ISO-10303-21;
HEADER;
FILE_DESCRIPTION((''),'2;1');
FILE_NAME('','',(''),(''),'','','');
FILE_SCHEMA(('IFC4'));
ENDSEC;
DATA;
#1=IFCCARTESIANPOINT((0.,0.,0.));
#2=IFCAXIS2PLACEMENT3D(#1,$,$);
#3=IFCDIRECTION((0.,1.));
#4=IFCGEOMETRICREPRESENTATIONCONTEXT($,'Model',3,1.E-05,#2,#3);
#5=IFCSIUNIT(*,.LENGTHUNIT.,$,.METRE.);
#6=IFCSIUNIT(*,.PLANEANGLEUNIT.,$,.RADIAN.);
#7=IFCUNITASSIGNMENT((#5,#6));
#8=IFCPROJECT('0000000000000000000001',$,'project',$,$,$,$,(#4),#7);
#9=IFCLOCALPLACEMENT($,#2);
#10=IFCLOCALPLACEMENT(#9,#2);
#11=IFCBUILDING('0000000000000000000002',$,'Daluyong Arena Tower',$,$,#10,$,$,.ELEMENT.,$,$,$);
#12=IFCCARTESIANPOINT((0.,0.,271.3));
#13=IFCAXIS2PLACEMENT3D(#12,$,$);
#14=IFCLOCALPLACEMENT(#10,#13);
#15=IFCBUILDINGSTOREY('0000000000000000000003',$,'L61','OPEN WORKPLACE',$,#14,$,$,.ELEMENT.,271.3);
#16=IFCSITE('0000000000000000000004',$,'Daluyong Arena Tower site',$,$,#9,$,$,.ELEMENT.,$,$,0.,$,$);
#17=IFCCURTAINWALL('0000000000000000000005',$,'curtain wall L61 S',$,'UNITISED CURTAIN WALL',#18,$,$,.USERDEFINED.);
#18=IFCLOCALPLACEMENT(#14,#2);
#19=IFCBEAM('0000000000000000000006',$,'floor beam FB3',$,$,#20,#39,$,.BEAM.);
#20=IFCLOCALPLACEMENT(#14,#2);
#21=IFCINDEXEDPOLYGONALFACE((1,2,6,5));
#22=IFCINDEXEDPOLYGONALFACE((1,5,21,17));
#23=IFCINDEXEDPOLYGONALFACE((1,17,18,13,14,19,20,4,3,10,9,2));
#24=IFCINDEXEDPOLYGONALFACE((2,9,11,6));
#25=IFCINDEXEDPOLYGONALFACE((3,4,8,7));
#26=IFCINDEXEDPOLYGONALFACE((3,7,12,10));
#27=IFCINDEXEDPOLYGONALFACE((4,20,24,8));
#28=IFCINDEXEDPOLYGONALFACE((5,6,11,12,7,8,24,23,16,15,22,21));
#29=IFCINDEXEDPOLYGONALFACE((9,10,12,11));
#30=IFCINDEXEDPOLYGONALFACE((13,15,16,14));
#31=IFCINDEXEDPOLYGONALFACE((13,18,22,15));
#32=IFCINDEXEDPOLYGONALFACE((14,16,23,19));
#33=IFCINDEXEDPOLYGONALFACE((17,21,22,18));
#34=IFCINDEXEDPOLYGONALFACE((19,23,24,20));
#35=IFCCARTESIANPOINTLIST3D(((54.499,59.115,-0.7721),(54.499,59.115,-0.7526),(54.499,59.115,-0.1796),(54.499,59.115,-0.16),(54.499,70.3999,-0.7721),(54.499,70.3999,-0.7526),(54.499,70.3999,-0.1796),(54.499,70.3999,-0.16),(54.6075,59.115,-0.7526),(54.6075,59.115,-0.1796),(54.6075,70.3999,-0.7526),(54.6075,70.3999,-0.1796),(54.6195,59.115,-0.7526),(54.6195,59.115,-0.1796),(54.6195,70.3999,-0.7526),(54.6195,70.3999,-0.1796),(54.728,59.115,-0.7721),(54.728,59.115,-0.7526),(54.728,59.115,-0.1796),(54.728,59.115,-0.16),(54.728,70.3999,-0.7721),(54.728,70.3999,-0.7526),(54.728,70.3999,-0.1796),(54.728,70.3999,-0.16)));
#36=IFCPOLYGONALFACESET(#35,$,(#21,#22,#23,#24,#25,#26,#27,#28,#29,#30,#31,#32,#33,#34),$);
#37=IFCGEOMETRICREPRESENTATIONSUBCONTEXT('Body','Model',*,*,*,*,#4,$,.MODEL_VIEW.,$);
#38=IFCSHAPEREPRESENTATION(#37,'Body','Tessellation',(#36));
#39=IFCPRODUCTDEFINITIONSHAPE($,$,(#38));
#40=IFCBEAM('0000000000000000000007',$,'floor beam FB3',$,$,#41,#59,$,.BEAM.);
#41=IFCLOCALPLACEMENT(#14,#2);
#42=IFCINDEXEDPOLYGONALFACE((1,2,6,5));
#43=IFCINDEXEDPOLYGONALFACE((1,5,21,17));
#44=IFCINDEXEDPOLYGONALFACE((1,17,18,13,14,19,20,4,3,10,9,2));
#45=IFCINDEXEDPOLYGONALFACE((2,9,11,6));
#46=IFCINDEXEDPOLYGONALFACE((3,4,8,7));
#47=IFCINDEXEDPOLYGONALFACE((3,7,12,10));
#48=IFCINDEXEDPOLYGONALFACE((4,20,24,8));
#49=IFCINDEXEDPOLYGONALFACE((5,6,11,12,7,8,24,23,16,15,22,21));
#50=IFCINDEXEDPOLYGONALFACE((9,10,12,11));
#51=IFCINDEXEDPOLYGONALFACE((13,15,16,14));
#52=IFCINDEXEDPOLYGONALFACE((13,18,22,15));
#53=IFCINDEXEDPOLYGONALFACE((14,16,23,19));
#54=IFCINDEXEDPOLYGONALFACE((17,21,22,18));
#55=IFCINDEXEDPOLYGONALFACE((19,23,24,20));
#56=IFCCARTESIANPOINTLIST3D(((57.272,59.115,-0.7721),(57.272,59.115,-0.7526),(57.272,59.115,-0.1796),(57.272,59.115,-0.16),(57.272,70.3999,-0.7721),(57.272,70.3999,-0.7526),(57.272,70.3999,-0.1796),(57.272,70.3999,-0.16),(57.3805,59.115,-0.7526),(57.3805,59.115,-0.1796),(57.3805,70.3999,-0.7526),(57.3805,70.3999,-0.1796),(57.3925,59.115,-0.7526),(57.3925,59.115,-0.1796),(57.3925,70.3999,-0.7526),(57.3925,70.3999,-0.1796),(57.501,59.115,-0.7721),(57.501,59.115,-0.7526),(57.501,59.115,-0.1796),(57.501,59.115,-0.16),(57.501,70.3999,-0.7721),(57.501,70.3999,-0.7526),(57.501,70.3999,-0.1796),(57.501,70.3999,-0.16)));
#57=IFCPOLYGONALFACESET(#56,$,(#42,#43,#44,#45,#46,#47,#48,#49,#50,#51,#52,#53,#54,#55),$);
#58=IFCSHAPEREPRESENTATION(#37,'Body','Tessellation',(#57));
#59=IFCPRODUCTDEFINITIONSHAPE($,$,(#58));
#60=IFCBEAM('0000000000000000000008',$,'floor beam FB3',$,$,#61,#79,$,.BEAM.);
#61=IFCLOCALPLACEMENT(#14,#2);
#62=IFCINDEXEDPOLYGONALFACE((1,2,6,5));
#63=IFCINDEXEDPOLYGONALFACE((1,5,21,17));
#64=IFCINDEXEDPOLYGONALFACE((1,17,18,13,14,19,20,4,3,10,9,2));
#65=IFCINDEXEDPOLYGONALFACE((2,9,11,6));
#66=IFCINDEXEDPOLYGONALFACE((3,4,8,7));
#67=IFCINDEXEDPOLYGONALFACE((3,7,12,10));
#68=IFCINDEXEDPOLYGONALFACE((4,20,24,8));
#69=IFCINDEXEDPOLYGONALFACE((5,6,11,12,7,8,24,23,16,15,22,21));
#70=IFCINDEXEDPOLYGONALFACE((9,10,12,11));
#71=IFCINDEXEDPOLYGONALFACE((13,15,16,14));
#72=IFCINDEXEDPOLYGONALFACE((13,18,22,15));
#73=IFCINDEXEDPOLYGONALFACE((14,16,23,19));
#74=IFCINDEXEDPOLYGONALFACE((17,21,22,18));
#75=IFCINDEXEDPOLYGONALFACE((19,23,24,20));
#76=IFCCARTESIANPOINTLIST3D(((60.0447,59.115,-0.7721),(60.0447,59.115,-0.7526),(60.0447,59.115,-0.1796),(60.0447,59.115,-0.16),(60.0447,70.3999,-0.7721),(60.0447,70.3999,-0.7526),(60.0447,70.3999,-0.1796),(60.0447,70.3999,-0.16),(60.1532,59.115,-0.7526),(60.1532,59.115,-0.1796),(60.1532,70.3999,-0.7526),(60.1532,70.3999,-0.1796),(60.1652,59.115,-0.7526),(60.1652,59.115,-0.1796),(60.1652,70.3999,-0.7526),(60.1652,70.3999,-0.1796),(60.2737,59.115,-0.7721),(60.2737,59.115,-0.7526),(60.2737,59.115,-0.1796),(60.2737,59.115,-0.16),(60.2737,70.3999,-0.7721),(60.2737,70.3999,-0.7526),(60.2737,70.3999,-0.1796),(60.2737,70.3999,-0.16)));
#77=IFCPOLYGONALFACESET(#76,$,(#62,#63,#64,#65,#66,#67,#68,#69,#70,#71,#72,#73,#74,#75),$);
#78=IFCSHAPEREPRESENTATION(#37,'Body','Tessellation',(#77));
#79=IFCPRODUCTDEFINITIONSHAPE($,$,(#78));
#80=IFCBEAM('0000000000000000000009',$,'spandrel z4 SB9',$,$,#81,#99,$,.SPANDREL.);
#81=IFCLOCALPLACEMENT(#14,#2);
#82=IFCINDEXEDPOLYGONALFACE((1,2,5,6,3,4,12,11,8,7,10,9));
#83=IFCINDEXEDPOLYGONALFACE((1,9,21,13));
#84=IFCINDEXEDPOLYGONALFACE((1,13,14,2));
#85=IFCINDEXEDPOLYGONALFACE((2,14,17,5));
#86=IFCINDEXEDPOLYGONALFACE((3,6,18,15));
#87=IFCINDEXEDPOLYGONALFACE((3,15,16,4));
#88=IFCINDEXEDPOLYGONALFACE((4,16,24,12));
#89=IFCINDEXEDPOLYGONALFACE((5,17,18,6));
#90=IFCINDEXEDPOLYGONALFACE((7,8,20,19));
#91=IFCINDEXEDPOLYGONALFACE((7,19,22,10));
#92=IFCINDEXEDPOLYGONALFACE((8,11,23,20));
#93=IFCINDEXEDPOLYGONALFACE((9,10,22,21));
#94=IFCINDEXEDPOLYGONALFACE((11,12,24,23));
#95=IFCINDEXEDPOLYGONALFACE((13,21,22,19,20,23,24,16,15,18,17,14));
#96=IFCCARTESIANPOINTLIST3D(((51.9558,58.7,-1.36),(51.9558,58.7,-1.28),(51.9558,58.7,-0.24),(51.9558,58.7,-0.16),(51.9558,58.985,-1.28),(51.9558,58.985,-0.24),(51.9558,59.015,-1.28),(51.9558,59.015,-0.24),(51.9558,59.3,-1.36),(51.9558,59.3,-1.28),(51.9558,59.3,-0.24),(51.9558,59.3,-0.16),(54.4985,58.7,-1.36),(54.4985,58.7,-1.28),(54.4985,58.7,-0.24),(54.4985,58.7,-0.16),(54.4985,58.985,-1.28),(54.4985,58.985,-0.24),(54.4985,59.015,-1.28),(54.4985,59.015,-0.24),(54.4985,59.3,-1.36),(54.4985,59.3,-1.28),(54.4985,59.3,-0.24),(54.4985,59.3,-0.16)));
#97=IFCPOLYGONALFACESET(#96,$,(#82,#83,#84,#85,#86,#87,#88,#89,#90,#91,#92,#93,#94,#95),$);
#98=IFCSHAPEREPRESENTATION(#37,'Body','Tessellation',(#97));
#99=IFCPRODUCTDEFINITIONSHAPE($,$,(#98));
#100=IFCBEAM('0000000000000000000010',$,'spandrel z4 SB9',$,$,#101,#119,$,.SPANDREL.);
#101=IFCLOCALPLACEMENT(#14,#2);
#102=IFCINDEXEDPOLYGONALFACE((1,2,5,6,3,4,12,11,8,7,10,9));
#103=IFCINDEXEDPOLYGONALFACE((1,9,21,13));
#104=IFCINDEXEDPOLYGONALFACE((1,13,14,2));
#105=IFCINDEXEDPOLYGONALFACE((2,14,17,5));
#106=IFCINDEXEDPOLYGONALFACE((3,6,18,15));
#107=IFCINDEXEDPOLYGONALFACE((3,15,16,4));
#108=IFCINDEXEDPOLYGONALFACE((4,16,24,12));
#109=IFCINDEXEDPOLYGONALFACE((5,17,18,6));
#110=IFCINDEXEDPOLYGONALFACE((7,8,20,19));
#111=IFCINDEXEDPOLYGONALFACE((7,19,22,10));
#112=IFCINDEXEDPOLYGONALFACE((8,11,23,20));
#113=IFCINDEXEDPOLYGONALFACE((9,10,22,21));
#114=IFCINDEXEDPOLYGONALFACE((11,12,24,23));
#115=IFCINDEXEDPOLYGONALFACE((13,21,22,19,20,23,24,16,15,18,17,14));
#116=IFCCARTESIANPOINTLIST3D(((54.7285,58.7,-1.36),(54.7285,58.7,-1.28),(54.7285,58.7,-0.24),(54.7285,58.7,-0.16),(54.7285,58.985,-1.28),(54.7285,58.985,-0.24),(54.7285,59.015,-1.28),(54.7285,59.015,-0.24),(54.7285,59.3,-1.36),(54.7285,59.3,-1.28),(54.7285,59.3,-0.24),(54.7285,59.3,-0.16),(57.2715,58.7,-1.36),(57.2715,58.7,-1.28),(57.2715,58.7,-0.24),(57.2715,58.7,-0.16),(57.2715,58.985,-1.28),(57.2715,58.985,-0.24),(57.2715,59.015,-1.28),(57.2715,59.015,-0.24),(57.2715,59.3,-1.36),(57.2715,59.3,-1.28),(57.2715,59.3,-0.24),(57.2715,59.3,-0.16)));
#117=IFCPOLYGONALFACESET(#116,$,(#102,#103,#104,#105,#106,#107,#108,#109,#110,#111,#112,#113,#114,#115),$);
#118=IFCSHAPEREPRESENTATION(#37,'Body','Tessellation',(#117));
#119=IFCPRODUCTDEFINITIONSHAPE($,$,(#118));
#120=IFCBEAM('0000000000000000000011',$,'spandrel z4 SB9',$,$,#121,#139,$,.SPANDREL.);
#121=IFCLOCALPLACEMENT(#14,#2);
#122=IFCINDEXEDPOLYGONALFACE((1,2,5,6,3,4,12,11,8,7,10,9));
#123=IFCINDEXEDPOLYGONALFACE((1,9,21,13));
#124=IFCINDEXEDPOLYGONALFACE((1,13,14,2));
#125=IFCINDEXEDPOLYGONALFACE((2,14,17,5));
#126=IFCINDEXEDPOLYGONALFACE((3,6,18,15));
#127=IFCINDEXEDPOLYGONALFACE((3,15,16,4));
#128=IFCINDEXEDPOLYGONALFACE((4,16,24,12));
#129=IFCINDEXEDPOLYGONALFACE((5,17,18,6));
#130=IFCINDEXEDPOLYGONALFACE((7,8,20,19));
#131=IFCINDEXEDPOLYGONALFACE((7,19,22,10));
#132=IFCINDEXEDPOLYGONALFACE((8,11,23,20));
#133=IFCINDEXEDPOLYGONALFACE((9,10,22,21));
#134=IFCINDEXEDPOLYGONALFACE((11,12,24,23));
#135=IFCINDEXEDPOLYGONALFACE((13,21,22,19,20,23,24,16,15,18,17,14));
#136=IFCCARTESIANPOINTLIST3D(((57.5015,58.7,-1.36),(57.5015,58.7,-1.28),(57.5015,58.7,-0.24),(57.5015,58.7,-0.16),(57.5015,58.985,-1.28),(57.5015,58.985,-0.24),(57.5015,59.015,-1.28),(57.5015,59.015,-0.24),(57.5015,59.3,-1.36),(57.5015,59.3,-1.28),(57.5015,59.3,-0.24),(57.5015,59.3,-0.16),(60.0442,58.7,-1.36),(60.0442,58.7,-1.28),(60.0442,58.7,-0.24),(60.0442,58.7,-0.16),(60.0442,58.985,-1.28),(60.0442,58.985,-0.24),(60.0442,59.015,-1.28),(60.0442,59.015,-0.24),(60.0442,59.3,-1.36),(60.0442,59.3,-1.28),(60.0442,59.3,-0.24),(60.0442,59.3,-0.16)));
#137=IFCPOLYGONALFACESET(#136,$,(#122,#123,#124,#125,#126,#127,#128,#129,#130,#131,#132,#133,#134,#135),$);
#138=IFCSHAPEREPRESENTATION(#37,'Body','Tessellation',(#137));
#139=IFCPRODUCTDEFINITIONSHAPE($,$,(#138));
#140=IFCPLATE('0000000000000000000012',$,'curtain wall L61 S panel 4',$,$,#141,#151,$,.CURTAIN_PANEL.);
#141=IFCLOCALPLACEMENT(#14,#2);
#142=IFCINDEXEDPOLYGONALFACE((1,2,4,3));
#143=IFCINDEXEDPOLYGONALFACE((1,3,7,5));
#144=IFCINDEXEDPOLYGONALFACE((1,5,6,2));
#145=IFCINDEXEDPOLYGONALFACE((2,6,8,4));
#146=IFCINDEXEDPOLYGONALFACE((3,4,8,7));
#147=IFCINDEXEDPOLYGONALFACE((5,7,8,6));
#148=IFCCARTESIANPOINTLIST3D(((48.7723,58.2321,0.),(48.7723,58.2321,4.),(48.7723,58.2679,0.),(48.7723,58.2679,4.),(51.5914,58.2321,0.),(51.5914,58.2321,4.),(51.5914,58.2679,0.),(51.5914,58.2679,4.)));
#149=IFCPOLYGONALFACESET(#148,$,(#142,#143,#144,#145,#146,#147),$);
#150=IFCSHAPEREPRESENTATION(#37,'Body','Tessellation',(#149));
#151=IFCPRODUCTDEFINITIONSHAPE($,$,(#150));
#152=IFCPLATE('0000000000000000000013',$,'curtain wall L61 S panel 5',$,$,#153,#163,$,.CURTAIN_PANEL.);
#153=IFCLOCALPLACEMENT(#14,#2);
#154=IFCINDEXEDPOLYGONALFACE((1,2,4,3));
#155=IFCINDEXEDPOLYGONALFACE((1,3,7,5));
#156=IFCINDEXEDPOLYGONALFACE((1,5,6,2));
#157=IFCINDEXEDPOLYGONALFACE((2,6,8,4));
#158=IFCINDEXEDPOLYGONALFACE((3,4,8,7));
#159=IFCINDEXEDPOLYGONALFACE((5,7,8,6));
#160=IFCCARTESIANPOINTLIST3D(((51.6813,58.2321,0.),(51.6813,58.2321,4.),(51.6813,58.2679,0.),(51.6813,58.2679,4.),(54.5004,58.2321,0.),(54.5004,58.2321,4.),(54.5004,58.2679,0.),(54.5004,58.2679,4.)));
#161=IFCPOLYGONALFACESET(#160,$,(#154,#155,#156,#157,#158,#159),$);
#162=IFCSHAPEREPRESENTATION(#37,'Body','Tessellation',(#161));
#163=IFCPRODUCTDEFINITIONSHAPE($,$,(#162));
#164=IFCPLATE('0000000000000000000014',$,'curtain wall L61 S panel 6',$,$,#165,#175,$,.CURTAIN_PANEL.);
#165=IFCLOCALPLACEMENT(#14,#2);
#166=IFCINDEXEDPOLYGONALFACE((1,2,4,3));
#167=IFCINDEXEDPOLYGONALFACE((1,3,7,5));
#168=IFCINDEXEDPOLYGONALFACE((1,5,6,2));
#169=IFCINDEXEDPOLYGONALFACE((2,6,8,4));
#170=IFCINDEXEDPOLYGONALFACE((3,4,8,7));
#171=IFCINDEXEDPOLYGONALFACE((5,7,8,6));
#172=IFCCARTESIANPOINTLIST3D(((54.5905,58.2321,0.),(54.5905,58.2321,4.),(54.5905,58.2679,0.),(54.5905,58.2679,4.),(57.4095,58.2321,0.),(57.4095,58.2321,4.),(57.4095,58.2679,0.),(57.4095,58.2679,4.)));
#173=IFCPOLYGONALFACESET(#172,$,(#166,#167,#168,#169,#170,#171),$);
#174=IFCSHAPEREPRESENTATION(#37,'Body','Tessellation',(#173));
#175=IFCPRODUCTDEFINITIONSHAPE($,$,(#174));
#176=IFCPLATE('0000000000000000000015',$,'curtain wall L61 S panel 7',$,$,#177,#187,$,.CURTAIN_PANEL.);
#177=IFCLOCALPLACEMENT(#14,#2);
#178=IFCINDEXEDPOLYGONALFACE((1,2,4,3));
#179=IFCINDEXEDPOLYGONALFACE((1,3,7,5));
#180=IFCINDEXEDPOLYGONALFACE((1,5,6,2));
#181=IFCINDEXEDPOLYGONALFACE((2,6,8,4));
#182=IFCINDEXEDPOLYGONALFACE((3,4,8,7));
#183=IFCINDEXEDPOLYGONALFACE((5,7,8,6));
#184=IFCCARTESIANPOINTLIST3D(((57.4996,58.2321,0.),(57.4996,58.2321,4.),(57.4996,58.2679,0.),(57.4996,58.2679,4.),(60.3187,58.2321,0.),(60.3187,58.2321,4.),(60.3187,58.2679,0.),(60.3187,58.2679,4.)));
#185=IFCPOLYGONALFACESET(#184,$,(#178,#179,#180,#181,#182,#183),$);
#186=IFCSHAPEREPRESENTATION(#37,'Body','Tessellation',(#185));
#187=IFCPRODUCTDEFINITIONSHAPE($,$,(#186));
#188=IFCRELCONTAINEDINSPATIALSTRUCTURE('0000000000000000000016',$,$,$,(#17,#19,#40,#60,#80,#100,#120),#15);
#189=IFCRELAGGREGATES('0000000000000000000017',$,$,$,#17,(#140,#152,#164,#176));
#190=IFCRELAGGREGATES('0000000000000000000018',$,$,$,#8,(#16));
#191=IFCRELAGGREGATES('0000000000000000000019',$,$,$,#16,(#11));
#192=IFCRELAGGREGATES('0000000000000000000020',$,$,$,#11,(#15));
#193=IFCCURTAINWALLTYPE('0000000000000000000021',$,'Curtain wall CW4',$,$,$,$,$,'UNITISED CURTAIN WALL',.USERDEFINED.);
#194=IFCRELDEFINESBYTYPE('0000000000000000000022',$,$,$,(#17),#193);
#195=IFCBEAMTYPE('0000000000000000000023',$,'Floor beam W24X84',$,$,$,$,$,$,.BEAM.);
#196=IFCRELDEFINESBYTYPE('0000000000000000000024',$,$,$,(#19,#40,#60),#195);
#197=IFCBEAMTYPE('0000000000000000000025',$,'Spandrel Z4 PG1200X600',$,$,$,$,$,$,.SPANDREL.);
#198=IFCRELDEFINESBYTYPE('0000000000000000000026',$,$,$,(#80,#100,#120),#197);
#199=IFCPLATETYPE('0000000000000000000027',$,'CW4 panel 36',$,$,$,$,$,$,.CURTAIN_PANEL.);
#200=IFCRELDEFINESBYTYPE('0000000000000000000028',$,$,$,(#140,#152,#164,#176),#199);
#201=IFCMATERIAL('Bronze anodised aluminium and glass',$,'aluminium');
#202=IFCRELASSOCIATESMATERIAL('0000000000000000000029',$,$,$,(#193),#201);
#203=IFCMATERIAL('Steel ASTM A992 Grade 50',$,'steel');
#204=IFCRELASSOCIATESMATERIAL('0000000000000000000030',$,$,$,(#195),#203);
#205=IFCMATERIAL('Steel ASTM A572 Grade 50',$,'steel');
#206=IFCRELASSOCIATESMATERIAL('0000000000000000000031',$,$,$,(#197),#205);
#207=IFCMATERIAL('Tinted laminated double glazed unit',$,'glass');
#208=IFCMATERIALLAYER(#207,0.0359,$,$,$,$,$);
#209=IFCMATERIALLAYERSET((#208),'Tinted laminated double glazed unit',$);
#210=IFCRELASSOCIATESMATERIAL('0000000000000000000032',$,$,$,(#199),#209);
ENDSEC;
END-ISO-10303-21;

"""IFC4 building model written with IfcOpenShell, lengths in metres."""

from ifc_helpers import new_model, si_unit, direction, frame, origin, origin_2d, place, context, subcontext, project, spatial, rectangle, i_section, extrude, material, layer, layer_set, material_profile, profile_set, type_object, element, aggregate, save


model = new_model("IFC4")

# Units and contexts
model_context = context("Model", 3, precision=1e-05, world=origin(), true_north=direction((0.0, 1.0)))
body_context = subcontext(model_context, "Body", "Model", "MODEL_VIEW")
ifc_project = project(units=[si_unit("LENGTHUNIT", "METRE"), si_unit("PLANEANGLEUNIT", "RADIAN")], contexts=[model_context])

# Site, building, storey
site_placement = place(None, origin())
site = spatial("IfcSite", under=ifc_project, at=site_placement, Name="Daluyong Arena Tower site", CompositionType="ELEMENT", RefElevation=0.0)
building_placement = place(site_placement, origin())
building = spatial("IfcBuilding", under=site, at=building_placement, Name="Daluyong Arena Tower", CompositionType="ELEMENT")
storey_placement = place(building_placement, frame((0.0, 0.0, 271.3)))
storey = spatial("IfcBuildingStorey", under=building, at=storey_placement, Name="L61", Description="OPEN WORKPLACE", CompositionType="ELEMENT", Elevation=271.3)

# Curtain wall
ifc_material_1 = material(Name="Bronze anodised aluminium and glass", Category="aluminium")
curtain_wall_type = type_object("IfcCurtainWallType", Name="Curtain wall CW4", ElementType="UNITISED CURTAIN WALL", PredefinedType="USERDEFINED", material=ifc_material_1)
curtain_wall_placement = place(storey_placement, origin())
curtain_wall = element("IfcCurtainWall", 1, at=curtain_wall_placement, inside=storey, type_object=curtain_wall_type, Name="curtain wall L61 S", ObjectType="UNITISED CURTAIN WALL", PredefinedType="USERDEFINED")

# Beams
ifc_material_2 = material(Name="Steel ASTM A992 Grade 50", Category="steel")
ifc_material_profile_1 = material_profile(ifc_material_2, i_section(OverallWidth=0.229, OverallDepth=0.6121, WebThickness=0.012, FlangeThickness=0.0195, at=origin_2d()))
ifc_profile_set_1 = profile_set([ifc_material_profile_1], Name="Steel ASTM A992 Grade 50")
beam_type_1 = type_object("IfcBeamType", Name="Floor beam W24X84", PredefinedType="BEAM", material=ifc_profile_set_1)
for number, where, z_axis, x_axis, name in (
    (2, (54.6135, 59.115, -0.4661), (0.0, 1.0, 0.0), (-1.0, 0.0, 0.0), "floor beam FB3"),
    (3, (57.3865, 59.115, -0.4661), (0.0, 1.0, 0.0), (-1.0, 0.0, 0.0), "floor beam FB3"),
    (4, (60.1592, 59.115, -0.4661), (0.0, 1.0, 0.0), (-1.0, 0.0, 0.0), "floor beam FB3"),
):
    element("IfcBeam", number, at=place(storey_placement, frame(where, z_axis=z_axis, x_axis=x_axis)), inside=storey, type_object=beam_type_1, Name=name, PredefinedType="BEAM", context=body_context, shape_type="SweptSolid", body=[
        extrude(i_section(OverallWidth=0.229, OverallDepth=0.6121, WebThickness=0.012, FlangeThickness=0.0195, at=origin_2d()), origin(), (0.0, 0.0, 1.0), 11.2849),
    ])
ifc_material_3 = material(Name="Steel ASTM A572 Grade 50", Category="steel")
ifc_material_profile_2 = material_profile(ifc_material_3, i_section(OverallWidth=0.6001, OverallDepth=1.2, WebThickness=0.03, FlangeThickness=0.08, at=origin_2d()))
ifc_profile_set_2 = profile_set([ifc_material_profile_2], Name="Steel ASTM A572 Grade 50")
beam_type_2 = type_object("IfcBeamType", Name="Spandrel Z4 PG1200X600", PredefinedType="SPANDREL", material=ifc_profile_set_2)
beam_1_placement = place(storey_placement, frame((51.9558, 59.0, -0.76), z_axis=(1.0, 0.0, 0.0), x_axis=(0.0, 1.0, 0.0)))
element("IfcBeam", 5, at=beam_1_placement, inside=storey, type_object=beam_type_2, Name="spandrel z4 SB9", PredefinedType="SPANDREL", context=body_context, shape_type="SweptSolid", body=[
    extrude(i_section(OverallWidth=0.6001, OverallDepth=1.2, WebThickness=0.03, FlangeThickness=0.08, at=origin_2d()), origin(), (0.0, 0.0, 1.0), 2.5427),
])
beam_2_placement = place(storey_placement, frame((54.7285, 59.0, -0.76), z_axis=(1.0, 0.0, 0.0), x_axis=(0.0, 1.0, 0.0)))
element("IfcBeam", 6, at=beam_2_placement, inside=storey, type_object=beam_type_2, Name="spandrel z4 SB9", PredefinedType="SPANDREL", context=body_context, shape_type="SweptSolid", body=[
    extrude(i_section(OverallWidth=0.6001, OverallDepth=1.2, WebThickness=0.03, FlangeThickness=0.08, at=origin_2d()), origin(), (0.0, 0.0, 1.0), 2.543),
])
beam_3_placement = place(storey_placement, frame((57.5015, 59.0, -0.76), z_axis=(1.0, 0.0, 0.0), x_axis=(0.0, 1.0, 0.0)))
element("IfcBeam", 7, at=beam_3_placement, inside=storey, type_object=beam_type_2, Name="spandrel z4 SB9", PredefinedType="SPANDREL", context=body_context, shape_type="SweptSolid", body=[
    extrude(i_section(OverallWidth=0.6001, OverallDepth=1.2, WebThickness=0.03, FlangeThickness=0.08, at=origin_2d()), origin(), (0.0, 0.0, 1.0), 2.5427),
])

# Plates
ifc_material_4 = material(Name="Tinted laminated double glazed unit", Category="glass")
ifc_layer_1 = layer(ifc_material_4, 0.0359)
ifc_layer_set_1 = layer_set([ifc_layer_1], Name="Tinted laminated double glazed unit")
plate_type = type_object("IfcPlateType", Name="CW4 panel 36", PredefinedType="CURTAIN_PANEL", material=ifc_layer_set_1)
plate_1_placement = place(storey_placement, frame((50.1819, 58.25, 0.0), z_axis=(0.0, 0.0, 1.0), x_axis=(1.0, 0.0, 0.0)))
plate_1 = element("IfcPlate", 8, at=plate_1_placement, type_object=plate_type, Name="curtain wall L61 S panel 4", PredefinedType="CURTAIN_PANEL", context=body_context, shape_type="SweptSolid", body=[
    extrude(rectangle(XDim=2.8191, YDim=0.0359, at=origin_2d()), origin(), (0.0, 0.0, 1.0), 4.0),
])
plate_2_placement = place(storey_placement, frame((53.0908, 58.25, 0.0), z_axis=(0.0, 0.0, 1.0), x_axis=(1.0, 0.0, 0.0)))
plate_2 = element("IfcPlate", 9, at=plate_2_placement, type_object=plate_type, Name="curtain wall L61 S panel 5", PredefinedType="CURTAIN_PANEL", context=body_context, shape_type="SweptSolid", body=[
    extrude(rectangle(XDim=2.8191, YDim=0.0359, at=origin_2d()), origin(), (0.0, 0.0, 1.0), 4.0),
])
plate_3_placement = place(storey_placement, frame((56.0, 58.25, 0.0), z_axis=(0.0, 0.0, 1.0), x_axis=(1.0, 0.0, 0.0)))
plate_3 = element("IfcPlate", 10, at=plate_3_placement, type_object=plate_type, Name="curtain wall L61 S panel 6", PredefinedType="CURTAIN_PANEL", context=body_context, shape_type="SweptSolid", body=[
    extrude(rectangle(XDim=2.8191, YDim=0.0359, at=origin_2d()), origin(), (0.0, 0.0, 1.0), 4.0),
])
plate_4_placement = place(storey_placement, frame((58.9092, 58.25, 0.0), z_axis=(0.0, 0.0, 1.0), x_axis=(1.0, 0.0, 0.0)))
plate_4 = element("IfcPlate", 11, at=plate_4_placement, type_object=plate_type, Name="curtain wall L61 S panel 7", PredefinedType="CURTAIN_PANEL", context=body_context, shape_type="SweptSolid", body=[
    extrude(rectangle(XDim=2.8191, YDim=0.0359, at=origin_2d()), origin(), (0.0, 0.0, 1.0), 4.0),
])
aggregate(curtain_wall, [plate_1, plate_2, plate_3, plate_4])

save(model, "model.ifc")
